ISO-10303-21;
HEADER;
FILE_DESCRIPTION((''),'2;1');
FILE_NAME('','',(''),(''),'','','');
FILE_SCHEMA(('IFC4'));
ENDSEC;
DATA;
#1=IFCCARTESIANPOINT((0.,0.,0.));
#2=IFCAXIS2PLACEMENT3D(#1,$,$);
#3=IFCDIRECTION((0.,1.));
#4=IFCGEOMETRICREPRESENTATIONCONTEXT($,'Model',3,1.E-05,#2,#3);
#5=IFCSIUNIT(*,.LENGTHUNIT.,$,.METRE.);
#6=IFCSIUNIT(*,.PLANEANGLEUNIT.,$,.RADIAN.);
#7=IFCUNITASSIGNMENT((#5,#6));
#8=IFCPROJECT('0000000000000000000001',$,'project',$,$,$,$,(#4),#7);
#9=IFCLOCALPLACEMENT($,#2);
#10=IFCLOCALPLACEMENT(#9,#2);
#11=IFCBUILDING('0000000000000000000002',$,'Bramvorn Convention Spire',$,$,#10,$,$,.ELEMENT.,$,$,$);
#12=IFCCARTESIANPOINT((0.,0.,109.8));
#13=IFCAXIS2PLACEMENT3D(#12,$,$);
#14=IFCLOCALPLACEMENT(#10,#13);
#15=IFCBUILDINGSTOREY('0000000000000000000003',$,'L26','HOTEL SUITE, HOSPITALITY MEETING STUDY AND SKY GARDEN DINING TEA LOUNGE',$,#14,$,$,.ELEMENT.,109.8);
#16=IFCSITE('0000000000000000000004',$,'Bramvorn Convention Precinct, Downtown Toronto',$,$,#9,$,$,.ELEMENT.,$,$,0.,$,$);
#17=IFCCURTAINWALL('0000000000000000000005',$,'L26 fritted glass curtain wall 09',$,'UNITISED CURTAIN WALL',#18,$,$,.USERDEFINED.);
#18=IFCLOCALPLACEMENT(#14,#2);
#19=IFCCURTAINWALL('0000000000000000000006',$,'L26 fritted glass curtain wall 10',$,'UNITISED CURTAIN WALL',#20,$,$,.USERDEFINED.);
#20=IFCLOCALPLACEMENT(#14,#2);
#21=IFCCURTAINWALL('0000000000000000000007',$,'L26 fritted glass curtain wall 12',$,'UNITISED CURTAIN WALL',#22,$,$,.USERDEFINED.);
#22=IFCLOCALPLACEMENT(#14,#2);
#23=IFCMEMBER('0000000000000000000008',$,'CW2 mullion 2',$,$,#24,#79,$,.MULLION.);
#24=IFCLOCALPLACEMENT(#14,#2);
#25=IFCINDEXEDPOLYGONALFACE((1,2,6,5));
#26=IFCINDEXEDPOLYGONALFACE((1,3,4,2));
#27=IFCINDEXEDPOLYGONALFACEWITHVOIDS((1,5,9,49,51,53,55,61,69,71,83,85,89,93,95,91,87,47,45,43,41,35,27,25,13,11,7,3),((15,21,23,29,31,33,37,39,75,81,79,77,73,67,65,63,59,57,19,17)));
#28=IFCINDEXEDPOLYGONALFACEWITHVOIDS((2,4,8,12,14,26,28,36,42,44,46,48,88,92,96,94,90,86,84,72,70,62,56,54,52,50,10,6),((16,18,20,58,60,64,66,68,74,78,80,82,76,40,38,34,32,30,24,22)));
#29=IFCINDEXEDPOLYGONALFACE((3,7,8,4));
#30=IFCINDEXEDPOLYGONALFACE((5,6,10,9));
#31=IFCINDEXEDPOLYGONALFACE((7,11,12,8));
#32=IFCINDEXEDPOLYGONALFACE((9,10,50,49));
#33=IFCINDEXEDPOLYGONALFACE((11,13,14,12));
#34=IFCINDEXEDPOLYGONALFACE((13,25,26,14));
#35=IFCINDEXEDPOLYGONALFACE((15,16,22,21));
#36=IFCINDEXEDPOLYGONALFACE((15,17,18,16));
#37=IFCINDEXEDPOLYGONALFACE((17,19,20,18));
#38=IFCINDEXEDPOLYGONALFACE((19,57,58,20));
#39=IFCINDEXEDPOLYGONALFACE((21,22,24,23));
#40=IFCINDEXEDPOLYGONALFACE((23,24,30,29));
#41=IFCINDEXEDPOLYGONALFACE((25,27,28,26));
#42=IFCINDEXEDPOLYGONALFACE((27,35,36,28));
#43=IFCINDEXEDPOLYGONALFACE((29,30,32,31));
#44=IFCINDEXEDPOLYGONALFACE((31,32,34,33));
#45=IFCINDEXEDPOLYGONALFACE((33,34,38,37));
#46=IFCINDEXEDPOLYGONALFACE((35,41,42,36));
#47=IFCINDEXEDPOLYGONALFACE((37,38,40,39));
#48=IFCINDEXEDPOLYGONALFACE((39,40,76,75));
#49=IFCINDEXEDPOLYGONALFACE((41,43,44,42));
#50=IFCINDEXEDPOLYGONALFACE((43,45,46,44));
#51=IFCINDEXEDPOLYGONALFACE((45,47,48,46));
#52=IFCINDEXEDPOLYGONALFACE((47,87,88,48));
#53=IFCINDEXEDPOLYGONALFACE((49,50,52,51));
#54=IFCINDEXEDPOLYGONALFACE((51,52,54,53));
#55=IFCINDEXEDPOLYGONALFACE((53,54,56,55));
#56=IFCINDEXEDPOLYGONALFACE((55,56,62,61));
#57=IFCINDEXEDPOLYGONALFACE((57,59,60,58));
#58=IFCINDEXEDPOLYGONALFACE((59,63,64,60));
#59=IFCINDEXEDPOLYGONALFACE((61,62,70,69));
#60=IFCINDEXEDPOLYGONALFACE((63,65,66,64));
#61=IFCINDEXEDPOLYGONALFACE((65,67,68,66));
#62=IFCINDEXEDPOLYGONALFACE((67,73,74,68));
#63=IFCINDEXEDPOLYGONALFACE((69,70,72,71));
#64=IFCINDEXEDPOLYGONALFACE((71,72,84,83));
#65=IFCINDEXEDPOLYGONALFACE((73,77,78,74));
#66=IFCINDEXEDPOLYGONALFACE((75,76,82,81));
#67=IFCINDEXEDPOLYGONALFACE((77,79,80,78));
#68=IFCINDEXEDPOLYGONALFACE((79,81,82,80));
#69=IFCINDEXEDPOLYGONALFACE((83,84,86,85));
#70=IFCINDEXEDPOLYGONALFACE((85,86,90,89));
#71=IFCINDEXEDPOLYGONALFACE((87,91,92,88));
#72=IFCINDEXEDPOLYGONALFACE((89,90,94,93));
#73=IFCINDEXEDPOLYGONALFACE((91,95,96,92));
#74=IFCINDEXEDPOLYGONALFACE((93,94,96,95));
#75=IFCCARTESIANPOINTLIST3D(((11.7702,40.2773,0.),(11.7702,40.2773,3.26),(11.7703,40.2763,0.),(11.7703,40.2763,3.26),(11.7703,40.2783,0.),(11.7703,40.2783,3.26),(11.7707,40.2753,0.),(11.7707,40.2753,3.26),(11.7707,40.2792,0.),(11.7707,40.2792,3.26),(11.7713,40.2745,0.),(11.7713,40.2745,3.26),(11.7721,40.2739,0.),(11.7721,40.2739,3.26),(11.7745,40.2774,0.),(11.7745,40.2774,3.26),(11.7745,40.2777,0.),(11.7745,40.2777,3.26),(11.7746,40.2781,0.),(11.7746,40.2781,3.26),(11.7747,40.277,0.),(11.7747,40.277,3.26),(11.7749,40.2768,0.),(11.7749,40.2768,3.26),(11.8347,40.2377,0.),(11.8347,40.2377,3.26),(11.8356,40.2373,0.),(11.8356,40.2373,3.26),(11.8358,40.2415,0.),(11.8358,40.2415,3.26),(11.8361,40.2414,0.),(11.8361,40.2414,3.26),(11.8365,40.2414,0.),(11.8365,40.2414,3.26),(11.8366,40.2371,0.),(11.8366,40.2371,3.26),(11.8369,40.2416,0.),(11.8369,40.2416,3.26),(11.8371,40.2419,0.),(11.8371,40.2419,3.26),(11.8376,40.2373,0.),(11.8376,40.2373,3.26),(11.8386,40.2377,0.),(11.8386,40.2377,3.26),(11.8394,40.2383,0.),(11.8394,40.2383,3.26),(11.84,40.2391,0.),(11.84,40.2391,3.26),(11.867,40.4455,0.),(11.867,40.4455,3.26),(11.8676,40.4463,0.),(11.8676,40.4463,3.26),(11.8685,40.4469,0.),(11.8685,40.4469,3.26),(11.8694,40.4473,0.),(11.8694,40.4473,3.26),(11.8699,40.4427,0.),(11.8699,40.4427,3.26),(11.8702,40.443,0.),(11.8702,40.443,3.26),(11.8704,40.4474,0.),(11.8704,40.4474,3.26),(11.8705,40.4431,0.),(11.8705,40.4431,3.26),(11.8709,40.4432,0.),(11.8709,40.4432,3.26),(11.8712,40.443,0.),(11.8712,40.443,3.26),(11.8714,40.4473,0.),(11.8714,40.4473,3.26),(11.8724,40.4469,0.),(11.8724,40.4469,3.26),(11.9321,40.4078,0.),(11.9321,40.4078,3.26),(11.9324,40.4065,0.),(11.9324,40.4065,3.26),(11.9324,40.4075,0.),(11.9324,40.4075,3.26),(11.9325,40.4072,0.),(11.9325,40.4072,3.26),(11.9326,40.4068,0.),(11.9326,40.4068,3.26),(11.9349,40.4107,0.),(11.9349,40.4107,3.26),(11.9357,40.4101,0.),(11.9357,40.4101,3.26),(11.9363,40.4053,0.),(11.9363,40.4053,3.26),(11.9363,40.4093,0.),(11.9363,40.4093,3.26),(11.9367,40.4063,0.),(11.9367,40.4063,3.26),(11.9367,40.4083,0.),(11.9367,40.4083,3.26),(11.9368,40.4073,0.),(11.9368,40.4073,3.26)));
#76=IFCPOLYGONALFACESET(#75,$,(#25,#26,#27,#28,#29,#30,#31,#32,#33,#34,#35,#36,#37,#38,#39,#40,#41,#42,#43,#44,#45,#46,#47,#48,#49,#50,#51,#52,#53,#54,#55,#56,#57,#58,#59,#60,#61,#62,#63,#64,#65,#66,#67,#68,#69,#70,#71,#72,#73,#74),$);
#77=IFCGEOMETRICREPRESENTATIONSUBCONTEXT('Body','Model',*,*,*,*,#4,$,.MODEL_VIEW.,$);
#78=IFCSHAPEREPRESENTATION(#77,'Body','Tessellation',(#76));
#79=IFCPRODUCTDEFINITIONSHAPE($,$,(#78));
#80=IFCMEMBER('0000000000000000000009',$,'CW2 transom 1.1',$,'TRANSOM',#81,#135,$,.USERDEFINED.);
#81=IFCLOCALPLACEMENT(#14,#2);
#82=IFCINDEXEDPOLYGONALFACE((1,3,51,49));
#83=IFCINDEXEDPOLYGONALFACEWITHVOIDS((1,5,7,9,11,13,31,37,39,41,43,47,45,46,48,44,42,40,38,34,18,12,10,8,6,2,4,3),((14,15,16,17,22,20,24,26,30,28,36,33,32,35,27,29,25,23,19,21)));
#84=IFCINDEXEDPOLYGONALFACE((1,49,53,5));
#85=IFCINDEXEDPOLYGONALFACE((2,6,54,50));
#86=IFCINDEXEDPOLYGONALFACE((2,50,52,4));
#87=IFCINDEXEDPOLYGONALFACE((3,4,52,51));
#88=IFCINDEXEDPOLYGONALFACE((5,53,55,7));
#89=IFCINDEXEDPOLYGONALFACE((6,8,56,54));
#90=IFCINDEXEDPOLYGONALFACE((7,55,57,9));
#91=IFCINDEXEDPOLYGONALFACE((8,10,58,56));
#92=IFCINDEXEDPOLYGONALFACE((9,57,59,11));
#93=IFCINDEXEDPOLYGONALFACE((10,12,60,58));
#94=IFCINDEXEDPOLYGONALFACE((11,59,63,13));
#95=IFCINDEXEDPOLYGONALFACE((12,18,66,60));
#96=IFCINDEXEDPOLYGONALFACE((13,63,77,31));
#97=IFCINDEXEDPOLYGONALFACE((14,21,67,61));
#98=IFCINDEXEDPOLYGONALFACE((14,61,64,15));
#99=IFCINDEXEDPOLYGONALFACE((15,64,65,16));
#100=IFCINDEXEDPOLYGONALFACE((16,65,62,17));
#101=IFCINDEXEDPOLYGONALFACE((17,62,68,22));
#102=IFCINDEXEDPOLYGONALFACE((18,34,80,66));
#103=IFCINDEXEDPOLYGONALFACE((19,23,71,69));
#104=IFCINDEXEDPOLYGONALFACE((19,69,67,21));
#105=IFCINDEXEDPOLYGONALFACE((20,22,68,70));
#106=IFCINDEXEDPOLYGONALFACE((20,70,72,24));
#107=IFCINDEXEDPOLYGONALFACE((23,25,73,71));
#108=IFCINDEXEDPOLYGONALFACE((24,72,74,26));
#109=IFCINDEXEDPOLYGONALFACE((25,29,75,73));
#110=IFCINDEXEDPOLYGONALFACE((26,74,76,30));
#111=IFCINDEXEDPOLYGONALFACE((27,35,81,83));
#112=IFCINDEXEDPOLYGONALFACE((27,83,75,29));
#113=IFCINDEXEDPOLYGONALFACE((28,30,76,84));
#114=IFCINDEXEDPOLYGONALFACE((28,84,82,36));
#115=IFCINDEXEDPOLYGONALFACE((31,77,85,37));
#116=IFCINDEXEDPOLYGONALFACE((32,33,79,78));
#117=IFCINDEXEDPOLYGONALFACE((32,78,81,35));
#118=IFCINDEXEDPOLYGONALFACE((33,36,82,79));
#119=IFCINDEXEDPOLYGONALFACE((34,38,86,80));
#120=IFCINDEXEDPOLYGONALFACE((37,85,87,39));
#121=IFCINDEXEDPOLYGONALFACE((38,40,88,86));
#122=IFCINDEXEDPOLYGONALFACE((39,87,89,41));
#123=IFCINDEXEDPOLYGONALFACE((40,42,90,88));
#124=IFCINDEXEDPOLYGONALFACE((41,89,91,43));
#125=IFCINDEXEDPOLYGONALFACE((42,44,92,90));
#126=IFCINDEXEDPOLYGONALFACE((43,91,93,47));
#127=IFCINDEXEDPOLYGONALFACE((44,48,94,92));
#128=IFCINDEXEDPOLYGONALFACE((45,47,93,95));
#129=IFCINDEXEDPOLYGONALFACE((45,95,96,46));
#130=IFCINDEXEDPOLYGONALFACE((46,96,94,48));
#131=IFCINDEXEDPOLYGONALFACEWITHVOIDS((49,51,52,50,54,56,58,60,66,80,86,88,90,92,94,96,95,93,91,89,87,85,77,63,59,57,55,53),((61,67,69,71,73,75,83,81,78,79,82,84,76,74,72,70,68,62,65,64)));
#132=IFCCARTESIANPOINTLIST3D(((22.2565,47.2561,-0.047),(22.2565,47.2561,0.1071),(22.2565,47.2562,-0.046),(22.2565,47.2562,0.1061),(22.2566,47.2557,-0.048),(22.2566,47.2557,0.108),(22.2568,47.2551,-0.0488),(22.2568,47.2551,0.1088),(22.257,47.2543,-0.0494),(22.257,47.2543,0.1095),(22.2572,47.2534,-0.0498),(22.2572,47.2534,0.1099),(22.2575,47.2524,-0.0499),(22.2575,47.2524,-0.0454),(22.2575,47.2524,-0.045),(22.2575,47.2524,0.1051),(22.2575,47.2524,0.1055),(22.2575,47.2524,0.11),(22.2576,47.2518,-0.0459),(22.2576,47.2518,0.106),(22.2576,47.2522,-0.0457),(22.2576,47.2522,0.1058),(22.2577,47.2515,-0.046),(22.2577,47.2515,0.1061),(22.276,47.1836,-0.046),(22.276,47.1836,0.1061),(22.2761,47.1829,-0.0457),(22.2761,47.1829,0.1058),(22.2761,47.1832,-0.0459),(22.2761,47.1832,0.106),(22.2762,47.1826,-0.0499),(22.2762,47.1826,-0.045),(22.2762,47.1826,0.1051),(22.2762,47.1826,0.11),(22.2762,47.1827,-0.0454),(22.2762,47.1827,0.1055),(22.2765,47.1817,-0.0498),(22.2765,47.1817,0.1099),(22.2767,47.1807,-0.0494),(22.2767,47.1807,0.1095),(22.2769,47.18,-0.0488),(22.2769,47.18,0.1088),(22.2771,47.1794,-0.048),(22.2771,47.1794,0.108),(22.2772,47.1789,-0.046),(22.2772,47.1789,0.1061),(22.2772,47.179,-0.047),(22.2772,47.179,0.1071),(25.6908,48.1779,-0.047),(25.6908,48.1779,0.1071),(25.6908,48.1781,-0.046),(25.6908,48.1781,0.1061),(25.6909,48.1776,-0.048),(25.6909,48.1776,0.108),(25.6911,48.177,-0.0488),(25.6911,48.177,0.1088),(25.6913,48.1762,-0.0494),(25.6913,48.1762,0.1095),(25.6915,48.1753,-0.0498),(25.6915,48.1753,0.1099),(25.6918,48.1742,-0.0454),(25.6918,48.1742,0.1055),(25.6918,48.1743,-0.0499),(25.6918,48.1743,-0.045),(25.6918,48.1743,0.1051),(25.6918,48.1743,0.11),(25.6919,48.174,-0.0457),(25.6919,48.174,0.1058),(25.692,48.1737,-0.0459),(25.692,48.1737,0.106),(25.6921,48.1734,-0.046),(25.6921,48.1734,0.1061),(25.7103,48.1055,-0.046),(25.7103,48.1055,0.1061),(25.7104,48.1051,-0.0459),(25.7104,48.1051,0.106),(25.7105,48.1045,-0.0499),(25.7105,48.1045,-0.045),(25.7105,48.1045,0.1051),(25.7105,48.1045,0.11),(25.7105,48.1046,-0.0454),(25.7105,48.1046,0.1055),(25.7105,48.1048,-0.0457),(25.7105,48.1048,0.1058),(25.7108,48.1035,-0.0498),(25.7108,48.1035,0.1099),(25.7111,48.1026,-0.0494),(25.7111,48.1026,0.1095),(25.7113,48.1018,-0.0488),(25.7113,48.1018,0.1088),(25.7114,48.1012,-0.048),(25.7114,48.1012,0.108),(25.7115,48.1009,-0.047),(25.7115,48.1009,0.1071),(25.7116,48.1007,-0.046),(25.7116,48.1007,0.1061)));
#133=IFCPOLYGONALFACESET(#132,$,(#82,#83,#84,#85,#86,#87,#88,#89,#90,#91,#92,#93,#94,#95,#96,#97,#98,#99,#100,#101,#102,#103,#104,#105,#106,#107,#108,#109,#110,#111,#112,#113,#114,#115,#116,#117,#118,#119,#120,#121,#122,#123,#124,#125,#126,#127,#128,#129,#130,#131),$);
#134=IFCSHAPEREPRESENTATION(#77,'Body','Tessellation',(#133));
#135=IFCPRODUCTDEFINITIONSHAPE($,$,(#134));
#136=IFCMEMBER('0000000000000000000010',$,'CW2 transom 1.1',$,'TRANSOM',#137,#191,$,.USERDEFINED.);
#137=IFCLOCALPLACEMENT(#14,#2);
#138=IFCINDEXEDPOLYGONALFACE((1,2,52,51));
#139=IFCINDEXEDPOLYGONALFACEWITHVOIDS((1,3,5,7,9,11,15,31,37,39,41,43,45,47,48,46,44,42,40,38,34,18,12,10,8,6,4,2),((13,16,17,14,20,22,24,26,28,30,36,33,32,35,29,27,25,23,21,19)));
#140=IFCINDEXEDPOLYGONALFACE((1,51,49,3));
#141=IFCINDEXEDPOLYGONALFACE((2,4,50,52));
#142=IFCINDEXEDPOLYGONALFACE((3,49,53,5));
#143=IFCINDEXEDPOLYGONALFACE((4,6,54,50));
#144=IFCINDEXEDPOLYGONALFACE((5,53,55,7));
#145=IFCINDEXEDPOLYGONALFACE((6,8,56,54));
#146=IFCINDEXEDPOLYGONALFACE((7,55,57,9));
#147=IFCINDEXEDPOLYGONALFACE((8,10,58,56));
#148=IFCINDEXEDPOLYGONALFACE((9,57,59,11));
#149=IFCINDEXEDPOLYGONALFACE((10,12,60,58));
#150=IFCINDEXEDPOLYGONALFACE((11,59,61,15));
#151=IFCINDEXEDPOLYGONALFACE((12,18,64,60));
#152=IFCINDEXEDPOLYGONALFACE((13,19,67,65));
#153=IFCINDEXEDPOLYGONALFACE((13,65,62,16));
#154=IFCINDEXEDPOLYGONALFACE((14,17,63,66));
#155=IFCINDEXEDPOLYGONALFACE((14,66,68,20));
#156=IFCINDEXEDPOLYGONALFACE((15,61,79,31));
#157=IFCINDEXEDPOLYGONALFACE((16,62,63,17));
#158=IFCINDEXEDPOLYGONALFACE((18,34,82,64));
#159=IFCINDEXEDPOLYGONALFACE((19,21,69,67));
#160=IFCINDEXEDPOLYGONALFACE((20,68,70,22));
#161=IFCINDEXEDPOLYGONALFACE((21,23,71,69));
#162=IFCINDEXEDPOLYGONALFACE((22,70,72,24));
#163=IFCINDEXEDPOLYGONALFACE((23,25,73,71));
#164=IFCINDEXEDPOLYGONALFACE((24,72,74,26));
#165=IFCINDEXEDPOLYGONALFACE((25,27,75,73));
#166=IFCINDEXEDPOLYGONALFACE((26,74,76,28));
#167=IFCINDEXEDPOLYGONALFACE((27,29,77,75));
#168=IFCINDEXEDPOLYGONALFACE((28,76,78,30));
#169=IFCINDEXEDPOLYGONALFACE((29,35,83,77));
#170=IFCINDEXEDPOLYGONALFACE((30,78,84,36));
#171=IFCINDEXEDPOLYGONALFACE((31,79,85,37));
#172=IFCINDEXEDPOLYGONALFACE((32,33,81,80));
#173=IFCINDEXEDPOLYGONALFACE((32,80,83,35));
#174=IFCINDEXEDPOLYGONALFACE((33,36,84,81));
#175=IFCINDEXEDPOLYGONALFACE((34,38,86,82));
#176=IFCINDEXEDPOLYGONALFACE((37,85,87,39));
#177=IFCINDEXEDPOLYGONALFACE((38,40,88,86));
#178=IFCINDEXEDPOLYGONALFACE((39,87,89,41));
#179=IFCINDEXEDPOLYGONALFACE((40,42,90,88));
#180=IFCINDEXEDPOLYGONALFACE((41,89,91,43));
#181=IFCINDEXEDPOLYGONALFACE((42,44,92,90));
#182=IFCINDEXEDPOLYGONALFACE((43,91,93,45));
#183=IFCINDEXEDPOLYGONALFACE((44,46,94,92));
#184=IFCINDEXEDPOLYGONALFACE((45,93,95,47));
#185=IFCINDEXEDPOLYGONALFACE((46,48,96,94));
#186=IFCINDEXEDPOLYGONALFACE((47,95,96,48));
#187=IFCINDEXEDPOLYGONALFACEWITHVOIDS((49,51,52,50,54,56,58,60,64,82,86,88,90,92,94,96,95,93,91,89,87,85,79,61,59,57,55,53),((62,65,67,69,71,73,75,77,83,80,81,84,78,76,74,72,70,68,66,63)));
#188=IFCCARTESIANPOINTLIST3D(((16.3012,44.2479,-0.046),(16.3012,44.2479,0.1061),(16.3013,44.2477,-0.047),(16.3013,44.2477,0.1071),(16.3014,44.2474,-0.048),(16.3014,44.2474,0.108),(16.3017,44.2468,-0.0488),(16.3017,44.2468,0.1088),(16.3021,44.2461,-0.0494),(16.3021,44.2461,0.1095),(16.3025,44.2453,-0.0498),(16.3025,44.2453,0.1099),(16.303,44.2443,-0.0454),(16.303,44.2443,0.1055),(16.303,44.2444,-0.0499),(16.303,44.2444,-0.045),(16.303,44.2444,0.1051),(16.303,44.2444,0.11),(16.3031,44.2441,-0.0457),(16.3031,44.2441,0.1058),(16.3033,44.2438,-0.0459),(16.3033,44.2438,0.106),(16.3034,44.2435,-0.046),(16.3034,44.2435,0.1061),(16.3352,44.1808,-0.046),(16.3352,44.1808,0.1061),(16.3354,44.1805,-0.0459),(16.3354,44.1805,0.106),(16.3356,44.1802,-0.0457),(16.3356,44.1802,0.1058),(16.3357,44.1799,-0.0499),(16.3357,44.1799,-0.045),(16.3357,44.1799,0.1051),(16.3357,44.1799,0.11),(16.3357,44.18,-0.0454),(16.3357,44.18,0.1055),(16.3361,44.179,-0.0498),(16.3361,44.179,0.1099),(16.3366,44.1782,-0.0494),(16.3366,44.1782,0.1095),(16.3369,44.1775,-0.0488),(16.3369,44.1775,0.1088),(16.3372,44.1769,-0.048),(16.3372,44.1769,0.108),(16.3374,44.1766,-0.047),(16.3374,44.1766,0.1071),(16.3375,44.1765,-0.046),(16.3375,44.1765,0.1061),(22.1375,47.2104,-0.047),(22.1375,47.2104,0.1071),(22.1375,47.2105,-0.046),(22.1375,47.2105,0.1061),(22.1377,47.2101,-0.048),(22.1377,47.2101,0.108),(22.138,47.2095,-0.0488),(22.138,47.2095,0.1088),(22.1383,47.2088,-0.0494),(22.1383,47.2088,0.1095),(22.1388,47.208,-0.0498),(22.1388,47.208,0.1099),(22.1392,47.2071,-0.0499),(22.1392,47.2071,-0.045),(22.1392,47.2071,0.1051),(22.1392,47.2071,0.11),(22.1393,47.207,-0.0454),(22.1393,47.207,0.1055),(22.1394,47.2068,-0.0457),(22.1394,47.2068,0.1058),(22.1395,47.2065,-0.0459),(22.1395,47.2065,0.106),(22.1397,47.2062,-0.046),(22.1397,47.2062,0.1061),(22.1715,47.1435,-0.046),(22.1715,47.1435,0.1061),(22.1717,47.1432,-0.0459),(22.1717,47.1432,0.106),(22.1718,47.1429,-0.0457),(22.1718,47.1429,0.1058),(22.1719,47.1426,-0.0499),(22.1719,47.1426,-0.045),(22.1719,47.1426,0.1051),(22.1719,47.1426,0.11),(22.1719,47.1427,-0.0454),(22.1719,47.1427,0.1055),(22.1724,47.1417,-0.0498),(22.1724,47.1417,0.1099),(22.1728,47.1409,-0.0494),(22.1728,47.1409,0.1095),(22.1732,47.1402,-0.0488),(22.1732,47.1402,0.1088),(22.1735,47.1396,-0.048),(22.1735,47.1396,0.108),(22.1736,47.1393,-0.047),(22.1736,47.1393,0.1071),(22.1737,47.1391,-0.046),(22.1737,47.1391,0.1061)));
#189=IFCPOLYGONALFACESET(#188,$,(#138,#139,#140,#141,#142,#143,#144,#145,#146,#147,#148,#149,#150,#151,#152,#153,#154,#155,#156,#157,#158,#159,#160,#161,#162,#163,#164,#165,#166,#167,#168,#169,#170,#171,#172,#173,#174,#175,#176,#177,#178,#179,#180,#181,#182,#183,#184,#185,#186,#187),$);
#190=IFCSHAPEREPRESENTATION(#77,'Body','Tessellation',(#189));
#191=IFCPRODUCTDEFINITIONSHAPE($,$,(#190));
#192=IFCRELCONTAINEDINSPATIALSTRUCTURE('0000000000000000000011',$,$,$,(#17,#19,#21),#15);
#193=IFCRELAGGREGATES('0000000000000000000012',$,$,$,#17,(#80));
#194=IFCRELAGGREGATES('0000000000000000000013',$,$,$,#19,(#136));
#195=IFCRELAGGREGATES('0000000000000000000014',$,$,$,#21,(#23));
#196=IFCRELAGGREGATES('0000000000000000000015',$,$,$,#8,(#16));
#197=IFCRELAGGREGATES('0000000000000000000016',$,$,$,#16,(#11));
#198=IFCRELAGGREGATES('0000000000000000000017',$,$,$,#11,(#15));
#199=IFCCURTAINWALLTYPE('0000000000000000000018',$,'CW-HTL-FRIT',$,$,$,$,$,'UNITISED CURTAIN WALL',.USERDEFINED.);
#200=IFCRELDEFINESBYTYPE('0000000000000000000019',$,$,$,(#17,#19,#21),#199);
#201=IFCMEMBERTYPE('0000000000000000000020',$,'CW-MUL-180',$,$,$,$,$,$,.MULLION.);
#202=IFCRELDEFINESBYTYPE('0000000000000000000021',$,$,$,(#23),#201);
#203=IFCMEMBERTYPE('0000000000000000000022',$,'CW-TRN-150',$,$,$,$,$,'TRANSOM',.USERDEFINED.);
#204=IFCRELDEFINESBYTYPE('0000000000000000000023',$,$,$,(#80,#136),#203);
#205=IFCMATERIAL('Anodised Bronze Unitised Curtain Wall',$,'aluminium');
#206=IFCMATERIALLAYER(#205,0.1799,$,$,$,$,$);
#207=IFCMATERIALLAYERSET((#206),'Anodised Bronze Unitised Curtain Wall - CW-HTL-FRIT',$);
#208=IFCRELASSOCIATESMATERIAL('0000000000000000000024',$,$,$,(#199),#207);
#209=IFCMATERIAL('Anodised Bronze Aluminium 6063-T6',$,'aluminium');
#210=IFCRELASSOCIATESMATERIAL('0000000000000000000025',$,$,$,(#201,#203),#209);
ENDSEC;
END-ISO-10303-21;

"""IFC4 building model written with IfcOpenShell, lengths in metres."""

from ifc_helpers import new_model, si_unit, direction, frame, origin, origin_2d, place, context, subcontext, project, spatial, hollow_rectangle, extrude, material, layer, layer_set, material_profile, profile_set, type_object, element, aggregate, save


model = new_model("IFC4")

# Units and contexts
model_context = context("Model", 3, precision=1e-05, world=origin(), true_north=direction((0.0, 1.0)))
body_context = subcontext(model_context, "Body", "Model", "MODEL_VIEW")
ifc_project = project(units=[si_unit("LENGTHUNIT", "METRE"), si_unit("PLANEANGLEUNIT", "RADIAN")], contexts=[model_context])

# Site, building, storey
site_placement = place(None, origin())
site = spatial("IfcSite", under=ifc_project, at=site_placement, Name="Bramvorn Convention Precinct, Downtown Toronto", CompositionType="ELEMENT", RefElevation=0.0)
building_placement = place(site_placement, origin())
building = spatial("IfcBuilding", under=site, at=building_placement, Name="Bramvorn Convention Spire", CompositionType="ELEMENT")
storey_placement = place(building_placement, frame((0.0, 0.0, 109.8)))
storey = spatial("IfcBuildingStorey", under=building, at=storey_placement, Name="L26", Description="HOTEL SUITE, HOSPITALITY MEETING STUDY AND SKY GARDEN DINING TEA LOUNGE", CompositionType="ELEMENT", Elevation=109.8)

# Curtain wall
ifc_material_1 = material(Name="Anodised Bronze Unitised Curtain Wall", Category="aluminium")
ifc_layer_1 = layer(ifc_material_1, 0.1799)
ifc_layer_set_1 = layer_set([ifc_layer_1], Name="Anodised Bronze Unitised Curtain Wall - CW-HTL-FRIT")
curtain_wall_type = type_object("IfcCurtainWallType", Name="CW-HTL-FRIT", ElementType="UNITISED CURTAIN WALL", PredefinedType="USERDEFINED", material=ifc_layer_set_1)
curtain_wall_1_placement = place(storey_placement, origin())
curtain_wall_1 = element("IfcCurtainWall", 1, at=curtain_wall_1_placement, inside=storey, type_object=curtain_wall_type, Name="L26 fritted glass curtain wall 09", ObjectType="UNITISED CURTAIN WALL", PredefinedType="USERDEFINED")
ifc_material_2 = material(Name="Anodised Bronze Aluminium 6063-T6", Category="aluminium")
ifc_material_profile_1 = material_profile(ifc_material_2, hollow_rectangle(XDim=0.0801, YDim=0.2, WallThickness=0.0039, InnerFilletRadius=0.001, OuterFilletRadius=0.0039, at=origin_2d()))
ifc_profile_set_1 = profile_set([ifc_material_profile_1], Name="Anodised Bronze Aluminium 6063-T6 - CWM80X200")
member_type_1 = type_object("IfcMemberType", Name="CW-MUL-180", PredefinedType="MULLION", material=ifc_profile_set_1)

# Curtain wall
curtain_wall_2_placement = place(storey_placement, origin())
curtain_wall_2 = element("IfcCurtainWall", 2, at=curtain_wall_2_placement, inside=storey, type_object=curtain_wall_type, Name="L26 fritted glass curtain wall 10", ObjectType="UNITISED CURTAIN WALL", PredefinedType="USERDEFINED")

# Curtain wall, member
curtain_wall_3_placement = place(storey_placement, origin())
curtain_wall_3 = element("IfcCurtainWall", 3, at=curtain_wall_3_placement, inside=storey, type_object=curtain_wall_type, Name="L26 fritted glass curtain wall 12", ObjectType="UNITISED CURTAIN WALL", PredefinedType="USERDEFINED")
member_1_placement = place(storey_placement, frame((11.8535, 40.3423, 0.0), z_axis=(0.0, 0.0, 1.0), x_axis=(-0.865329, 0.501205, 0.0)))
member_1 = element("IfcMember", 4, at=member_1_placement, type_object=member_type_1, Name="CW2 mullion 2", PredefinedType="MULLION", context=body_context, shape_type="SweptSolid", body=[
    extrude(hollow_rectangle(XDim=0.0801, YDim=0.2, WallThickness=0.0039, InnerFilletRadius=0.001, OuterFilletRadius=0.0039, at=origin_2d()), origin(), (0.0, 0.0, 1.0), 3.26),
])

# Members
ifc_material_profile_2 = material_profile(ifc_material_2, hollow_rectangle(XDim=0.0801, YDim=0.1599, WallThickness=0.0039, InnerFilletRadius=0.001, OuterFilletRadius=0.0039, at=origin_2d()))
ifc_profile_set_2 = profile_set([ifc_material_profile_2], Name="Anodised Bronze Aluminium 6063-T6 - CWT80X160")
member_type_2 = type_object("IfcMemberType", Name="CW-TRN-150", ElementType="TRANSOM", PredefinedType="USERDEFINED", material=ifc_profile_set_2)
member_2_placement = place(storey_placement, frame((22.2668, 47.2175, 0.03), z_axis=(0.96581, 0.259252, 0.0), x_axis=(-0.259252, 0.96581, 0.0)))
member_2 = element("IfcMember", 5, at=member_2_placement, type_object=member_type_2, Name="CW2 transom 1.1", ObjectType="TRANSOM", PredefinedType="USERDEFINED", context=body_context, shape_type="SweptSolid", body=[
    extrude(hollow_rectangle(XDim=0.0801, YDim=0.1599, WallThickness=0.0039, InnerFilletRadius=0.001, OuterFilletRadius=0.0039, at=origin_2d()), origin(), (0.0, 0.0, 1.0), 3.5559),
])
aggregate(curtain_wall_1, [member_2])
member_3_placement = place(storey_placement, frame((16.3193, 44.2122, 0.03), z_axis=(0.891688, 0.452651, 0.0), x_axis=(-0.452651, 0.891688, 0.0)))
member_3 = element("IfcMember", 6, at=member_3_placement, type_object=member_type_2, Name="CW2 transom 1.1", ObjectType="TRANSOM", PredefinedType="USERDEFINED", context=body_context, shape_type="SweptSolid", body=[
    extrude(hollow_rectangle(XDim=0.0801, YDim=0.1599, WallThickness=0.0039, InnerFilletRadius=0.001, OuterFilletRadius=0.0039, at=origin_2d()), origin(), (0.0, 0.0, 1.0), 6.5452),
])

aggregate(curtain_wall_2, [member_3])
aggregate(curtain_wall_3, [member_1])

save(model, "model.ifc")
